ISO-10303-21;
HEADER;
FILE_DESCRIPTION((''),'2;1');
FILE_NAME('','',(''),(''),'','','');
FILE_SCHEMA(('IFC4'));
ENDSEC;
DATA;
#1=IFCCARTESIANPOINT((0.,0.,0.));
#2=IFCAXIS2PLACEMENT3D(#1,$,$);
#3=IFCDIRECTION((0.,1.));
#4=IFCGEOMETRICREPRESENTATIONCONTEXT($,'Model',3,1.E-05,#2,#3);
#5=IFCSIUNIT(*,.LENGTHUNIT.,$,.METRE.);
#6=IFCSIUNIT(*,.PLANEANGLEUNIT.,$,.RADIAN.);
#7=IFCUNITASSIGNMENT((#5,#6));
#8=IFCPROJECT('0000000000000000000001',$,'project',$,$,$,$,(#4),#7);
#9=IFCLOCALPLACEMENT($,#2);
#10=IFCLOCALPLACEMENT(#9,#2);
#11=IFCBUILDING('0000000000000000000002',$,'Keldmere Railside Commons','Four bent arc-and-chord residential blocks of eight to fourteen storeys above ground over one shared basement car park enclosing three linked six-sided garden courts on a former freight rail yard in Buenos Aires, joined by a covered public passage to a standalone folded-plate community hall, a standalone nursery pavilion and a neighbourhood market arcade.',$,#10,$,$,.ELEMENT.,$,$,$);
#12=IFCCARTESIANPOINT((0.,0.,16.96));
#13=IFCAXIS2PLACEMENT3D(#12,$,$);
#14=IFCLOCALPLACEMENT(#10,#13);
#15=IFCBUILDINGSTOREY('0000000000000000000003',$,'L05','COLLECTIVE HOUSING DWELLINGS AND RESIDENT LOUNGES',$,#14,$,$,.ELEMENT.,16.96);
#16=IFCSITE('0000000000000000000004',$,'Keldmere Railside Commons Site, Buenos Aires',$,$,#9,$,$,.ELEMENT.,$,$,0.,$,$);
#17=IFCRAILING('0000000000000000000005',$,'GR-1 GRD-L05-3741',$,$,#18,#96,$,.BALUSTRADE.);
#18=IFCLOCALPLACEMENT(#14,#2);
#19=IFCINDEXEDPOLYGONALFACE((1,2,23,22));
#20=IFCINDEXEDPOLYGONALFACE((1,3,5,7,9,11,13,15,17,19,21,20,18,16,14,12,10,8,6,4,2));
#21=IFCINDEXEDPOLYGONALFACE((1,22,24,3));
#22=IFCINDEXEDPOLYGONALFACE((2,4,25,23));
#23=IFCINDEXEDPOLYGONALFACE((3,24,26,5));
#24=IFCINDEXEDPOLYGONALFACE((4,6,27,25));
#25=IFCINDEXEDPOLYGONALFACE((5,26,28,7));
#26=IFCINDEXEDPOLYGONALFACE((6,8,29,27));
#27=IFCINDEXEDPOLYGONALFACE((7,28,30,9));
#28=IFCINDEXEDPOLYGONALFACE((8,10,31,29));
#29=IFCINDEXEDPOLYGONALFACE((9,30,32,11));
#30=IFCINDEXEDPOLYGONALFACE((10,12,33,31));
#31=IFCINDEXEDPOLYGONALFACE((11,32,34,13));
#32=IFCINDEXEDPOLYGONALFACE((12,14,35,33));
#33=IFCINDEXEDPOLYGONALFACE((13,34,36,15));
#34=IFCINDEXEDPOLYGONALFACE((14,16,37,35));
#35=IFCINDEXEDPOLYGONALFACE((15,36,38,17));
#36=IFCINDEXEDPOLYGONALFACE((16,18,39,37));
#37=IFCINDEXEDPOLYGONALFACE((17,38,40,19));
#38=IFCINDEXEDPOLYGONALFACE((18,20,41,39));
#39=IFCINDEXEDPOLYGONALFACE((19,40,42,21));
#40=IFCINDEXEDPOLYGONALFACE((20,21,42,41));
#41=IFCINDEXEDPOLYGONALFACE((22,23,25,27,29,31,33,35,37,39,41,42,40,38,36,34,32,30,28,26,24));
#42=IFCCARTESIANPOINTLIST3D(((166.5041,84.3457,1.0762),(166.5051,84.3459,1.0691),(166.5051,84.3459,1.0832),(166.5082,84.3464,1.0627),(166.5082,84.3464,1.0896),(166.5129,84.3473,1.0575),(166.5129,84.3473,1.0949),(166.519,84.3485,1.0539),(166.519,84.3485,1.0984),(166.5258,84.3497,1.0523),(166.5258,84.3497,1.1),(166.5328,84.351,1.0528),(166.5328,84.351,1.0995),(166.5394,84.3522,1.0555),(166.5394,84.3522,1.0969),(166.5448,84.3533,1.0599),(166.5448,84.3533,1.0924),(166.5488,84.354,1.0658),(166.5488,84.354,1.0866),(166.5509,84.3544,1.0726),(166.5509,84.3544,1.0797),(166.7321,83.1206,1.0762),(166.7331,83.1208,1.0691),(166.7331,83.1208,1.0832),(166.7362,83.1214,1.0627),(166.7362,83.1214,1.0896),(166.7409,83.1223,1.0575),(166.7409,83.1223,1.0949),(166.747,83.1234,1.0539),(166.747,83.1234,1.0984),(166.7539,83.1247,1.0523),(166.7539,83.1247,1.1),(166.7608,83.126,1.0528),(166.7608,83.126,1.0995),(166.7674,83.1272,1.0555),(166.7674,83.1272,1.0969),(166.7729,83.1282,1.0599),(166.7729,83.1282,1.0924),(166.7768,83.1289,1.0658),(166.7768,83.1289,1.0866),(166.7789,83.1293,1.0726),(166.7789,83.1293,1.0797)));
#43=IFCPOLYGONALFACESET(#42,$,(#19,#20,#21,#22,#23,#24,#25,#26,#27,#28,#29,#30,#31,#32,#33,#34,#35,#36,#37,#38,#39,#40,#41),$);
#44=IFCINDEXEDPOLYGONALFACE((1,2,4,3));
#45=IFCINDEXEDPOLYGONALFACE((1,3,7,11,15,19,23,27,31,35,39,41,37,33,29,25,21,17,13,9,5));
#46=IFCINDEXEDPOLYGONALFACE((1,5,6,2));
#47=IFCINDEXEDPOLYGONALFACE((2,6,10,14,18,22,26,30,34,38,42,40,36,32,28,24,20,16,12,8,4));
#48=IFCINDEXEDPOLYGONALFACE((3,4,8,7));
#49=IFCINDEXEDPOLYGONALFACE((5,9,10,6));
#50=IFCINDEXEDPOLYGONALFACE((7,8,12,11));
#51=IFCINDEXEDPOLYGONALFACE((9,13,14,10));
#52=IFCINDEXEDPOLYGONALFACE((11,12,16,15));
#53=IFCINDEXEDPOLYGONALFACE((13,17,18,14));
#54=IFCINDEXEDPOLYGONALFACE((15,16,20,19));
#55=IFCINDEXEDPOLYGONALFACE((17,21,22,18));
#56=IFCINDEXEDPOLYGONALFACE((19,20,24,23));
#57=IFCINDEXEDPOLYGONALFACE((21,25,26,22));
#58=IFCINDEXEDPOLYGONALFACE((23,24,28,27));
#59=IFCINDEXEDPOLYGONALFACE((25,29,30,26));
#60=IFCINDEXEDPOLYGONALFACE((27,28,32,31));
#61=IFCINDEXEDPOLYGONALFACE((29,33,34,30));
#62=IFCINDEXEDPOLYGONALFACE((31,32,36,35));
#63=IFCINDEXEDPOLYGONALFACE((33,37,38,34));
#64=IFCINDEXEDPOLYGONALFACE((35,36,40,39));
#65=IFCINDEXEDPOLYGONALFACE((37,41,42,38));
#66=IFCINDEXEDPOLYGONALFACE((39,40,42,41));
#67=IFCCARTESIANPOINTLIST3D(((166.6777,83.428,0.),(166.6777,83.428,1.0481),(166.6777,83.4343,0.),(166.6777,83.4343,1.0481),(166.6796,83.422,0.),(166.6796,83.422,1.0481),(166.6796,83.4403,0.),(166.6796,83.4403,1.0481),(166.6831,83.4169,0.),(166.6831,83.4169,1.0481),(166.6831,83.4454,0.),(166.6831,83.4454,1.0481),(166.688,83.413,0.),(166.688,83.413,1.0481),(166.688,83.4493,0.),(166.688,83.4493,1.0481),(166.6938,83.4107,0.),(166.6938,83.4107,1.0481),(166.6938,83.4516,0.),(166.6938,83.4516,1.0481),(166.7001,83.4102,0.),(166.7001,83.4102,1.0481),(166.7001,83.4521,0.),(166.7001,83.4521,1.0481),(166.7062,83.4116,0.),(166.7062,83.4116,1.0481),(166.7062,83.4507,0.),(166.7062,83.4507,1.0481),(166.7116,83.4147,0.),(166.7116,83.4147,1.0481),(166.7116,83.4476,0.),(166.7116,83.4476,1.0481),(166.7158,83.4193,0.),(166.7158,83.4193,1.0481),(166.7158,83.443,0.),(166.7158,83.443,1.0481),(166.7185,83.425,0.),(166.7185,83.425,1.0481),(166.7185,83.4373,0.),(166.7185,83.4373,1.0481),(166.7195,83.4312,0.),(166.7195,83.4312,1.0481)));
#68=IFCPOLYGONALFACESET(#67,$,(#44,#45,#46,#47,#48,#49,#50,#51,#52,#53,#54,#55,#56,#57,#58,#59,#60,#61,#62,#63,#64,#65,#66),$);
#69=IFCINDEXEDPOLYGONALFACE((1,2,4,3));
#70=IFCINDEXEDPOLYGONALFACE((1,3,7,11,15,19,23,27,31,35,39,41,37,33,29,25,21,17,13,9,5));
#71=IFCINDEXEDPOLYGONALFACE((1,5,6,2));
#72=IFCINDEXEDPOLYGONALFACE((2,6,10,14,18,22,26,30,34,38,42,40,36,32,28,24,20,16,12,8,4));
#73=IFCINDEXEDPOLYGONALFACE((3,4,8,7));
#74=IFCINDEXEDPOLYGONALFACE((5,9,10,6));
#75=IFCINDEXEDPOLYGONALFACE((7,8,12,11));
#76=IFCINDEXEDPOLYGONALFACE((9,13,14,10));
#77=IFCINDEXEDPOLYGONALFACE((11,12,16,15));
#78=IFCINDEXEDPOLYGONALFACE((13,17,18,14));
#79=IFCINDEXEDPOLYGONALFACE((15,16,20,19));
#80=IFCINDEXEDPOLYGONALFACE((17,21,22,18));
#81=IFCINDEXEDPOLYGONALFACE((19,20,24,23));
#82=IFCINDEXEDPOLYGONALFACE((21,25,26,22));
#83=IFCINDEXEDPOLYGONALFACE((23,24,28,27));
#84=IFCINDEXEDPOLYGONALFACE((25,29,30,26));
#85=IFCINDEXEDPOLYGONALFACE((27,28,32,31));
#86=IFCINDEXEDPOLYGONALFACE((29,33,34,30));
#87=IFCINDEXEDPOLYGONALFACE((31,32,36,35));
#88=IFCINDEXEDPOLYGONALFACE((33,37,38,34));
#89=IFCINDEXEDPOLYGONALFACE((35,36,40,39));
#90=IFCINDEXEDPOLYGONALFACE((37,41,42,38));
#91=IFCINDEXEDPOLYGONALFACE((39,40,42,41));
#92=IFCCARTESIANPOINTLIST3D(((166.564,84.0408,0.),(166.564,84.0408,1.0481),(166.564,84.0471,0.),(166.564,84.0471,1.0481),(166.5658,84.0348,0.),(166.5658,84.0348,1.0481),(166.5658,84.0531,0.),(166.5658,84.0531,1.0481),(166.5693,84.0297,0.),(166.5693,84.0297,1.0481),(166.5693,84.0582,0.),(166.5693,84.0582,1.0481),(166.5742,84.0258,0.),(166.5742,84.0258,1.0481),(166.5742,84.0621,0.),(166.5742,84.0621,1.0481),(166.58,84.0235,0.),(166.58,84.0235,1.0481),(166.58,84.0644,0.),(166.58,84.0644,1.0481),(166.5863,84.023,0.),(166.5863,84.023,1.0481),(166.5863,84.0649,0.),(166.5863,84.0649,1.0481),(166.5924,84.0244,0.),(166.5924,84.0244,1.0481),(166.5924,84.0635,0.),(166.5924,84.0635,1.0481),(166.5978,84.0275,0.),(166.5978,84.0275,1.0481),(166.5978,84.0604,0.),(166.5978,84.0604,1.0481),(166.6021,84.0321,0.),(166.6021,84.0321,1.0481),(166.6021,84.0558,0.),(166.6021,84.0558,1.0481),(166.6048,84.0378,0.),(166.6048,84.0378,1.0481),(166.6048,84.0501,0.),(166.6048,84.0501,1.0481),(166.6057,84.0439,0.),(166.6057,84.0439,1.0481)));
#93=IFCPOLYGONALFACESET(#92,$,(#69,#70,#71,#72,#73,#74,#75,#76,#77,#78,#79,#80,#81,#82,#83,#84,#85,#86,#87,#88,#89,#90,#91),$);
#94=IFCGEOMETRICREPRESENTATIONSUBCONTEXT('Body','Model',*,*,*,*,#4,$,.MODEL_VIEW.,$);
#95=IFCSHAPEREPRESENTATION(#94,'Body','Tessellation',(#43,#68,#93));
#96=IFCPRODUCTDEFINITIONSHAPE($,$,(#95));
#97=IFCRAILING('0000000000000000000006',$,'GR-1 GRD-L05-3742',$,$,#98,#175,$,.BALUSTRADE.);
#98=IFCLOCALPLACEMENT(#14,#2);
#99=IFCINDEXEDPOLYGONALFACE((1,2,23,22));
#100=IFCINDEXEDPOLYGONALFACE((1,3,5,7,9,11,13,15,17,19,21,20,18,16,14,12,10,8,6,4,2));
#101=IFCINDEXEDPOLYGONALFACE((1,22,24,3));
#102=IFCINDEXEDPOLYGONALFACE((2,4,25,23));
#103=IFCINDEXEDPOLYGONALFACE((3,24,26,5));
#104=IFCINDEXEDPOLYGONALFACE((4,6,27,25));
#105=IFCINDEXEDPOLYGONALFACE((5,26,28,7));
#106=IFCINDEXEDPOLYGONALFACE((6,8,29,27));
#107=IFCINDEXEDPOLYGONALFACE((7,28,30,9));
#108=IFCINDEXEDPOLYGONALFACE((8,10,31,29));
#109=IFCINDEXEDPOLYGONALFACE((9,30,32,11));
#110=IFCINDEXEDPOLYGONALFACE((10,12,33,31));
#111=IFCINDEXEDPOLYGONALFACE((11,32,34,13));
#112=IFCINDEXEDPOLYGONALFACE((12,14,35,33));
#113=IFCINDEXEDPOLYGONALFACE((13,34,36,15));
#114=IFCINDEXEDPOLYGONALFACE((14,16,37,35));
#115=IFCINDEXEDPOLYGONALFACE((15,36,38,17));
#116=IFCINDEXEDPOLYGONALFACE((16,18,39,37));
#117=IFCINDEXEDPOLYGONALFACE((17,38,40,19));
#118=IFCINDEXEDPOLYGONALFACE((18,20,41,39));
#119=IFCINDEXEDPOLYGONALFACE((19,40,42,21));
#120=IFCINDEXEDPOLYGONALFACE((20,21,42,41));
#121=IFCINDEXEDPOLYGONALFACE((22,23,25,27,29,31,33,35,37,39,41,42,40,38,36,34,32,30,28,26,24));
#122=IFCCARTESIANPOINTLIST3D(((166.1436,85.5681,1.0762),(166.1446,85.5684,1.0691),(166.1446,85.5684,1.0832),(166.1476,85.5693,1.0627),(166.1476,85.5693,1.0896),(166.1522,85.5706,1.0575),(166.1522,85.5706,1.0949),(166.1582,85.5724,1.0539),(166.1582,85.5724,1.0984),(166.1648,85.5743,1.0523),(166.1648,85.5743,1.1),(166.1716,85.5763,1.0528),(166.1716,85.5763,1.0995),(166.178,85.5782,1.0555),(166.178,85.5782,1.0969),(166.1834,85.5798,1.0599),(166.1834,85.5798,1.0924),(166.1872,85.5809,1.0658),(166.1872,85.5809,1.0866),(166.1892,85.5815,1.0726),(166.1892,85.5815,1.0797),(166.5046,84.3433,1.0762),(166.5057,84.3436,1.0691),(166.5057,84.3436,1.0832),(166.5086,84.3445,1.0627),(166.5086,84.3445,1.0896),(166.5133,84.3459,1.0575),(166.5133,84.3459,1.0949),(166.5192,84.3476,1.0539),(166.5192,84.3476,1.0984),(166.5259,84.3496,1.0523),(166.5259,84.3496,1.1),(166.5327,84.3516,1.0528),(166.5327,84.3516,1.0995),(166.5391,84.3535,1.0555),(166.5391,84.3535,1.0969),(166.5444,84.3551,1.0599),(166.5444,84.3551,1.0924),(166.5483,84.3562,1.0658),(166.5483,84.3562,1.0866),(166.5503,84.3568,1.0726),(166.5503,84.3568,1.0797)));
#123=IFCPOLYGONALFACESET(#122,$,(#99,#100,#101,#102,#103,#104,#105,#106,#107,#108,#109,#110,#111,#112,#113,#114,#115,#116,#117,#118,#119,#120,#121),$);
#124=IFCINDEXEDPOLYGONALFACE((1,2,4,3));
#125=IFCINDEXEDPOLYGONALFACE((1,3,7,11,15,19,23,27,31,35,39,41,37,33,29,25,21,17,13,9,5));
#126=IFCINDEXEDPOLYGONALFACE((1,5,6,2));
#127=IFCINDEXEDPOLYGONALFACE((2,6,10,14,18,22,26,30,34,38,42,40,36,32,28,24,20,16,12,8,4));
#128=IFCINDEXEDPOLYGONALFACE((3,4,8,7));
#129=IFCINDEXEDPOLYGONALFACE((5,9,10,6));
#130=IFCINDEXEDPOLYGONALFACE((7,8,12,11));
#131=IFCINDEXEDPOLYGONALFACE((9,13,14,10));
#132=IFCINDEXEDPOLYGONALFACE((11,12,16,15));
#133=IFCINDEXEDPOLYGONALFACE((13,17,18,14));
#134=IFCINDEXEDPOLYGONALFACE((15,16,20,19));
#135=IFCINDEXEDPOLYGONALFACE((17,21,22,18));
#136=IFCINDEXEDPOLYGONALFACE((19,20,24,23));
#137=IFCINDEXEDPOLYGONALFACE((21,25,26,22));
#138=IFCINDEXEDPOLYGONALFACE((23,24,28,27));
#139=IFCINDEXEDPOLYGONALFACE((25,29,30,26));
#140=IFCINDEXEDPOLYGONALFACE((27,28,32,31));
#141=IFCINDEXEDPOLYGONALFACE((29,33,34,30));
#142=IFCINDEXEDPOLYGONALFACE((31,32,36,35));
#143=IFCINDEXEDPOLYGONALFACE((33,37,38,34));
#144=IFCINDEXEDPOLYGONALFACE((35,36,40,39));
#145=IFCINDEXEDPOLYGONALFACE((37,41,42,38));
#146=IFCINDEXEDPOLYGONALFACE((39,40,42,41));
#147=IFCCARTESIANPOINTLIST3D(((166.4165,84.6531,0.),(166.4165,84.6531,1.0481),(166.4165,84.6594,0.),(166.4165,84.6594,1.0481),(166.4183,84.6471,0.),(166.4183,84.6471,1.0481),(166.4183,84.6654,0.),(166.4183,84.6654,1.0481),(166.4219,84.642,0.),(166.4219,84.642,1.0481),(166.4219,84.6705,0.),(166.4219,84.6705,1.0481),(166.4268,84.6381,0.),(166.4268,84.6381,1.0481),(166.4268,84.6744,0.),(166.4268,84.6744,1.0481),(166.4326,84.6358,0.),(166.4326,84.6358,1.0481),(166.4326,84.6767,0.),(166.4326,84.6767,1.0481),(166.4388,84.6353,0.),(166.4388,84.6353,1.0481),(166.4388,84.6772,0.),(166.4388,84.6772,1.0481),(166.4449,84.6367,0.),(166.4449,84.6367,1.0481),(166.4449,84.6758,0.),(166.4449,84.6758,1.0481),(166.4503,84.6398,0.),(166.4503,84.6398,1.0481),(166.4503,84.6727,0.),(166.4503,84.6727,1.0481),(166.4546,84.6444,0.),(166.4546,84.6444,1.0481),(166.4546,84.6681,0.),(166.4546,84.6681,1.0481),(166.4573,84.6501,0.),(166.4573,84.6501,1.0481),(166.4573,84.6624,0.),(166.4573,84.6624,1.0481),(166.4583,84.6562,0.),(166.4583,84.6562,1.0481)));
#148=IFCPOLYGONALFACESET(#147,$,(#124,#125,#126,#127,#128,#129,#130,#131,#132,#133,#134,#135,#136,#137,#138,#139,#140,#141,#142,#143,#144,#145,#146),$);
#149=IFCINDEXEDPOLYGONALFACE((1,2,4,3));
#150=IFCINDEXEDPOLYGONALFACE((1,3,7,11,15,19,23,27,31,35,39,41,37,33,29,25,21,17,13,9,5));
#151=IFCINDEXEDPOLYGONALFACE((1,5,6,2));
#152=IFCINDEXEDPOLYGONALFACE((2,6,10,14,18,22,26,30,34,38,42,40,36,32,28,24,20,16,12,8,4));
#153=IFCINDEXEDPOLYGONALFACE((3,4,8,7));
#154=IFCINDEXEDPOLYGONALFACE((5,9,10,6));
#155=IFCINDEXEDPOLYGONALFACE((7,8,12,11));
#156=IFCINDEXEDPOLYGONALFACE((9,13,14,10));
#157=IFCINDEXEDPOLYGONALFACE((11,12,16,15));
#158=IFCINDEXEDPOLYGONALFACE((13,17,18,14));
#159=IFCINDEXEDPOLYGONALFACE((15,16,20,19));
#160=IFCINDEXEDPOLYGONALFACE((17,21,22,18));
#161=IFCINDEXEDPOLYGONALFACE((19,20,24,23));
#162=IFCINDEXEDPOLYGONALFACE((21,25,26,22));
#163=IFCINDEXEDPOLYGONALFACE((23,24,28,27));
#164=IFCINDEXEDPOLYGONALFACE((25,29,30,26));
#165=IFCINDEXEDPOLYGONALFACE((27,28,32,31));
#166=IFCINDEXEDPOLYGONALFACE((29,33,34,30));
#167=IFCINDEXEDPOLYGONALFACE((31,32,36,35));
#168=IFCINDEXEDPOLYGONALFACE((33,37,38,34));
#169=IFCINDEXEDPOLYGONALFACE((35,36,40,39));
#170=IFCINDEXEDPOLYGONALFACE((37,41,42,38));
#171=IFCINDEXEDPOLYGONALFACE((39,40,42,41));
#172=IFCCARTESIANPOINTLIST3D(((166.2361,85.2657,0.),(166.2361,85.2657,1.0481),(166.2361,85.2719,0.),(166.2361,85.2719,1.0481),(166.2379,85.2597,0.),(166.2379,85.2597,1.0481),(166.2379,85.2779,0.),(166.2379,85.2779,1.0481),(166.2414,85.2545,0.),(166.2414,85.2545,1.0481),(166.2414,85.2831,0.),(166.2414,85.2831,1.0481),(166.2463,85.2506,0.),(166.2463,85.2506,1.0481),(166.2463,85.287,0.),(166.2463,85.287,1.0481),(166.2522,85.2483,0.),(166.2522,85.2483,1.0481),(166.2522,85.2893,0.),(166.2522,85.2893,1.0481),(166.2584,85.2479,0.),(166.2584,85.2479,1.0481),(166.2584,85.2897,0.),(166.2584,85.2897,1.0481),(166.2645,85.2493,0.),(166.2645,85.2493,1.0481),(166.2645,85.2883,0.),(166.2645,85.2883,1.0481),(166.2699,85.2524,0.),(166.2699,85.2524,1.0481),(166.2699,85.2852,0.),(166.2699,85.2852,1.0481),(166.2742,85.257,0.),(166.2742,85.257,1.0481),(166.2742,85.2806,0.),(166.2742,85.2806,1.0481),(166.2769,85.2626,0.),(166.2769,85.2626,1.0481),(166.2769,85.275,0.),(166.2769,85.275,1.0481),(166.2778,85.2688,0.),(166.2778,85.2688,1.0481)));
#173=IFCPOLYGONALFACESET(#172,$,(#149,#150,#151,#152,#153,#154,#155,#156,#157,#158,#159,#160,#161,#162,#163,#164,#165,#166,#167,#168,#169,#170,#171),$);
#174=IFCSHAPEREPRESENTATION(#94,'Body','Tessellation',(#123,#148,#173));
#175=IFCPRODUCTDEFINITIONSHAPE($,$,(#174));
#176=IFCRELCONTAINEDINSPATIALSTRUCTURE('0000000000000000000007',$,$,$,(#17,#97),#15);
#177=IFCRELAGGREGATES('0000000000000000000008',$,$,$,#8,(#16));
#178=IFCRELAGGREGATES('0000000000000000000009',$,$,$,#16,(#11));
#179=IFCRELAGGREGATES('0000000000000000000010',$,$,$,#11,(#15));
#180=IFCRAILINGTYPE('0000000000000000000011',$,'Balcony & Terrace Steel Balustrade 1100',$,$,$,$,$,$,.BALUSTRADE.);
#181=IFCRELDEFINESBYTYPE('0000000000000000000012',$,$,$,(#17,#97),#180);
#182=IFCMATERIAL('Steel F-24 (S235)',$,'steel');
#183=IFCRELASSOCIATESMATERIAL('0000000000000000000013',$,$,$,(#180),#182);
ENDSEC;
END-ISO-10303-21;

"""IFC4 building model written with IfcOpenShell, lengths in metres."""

from ifc_helpers import new_model, si_unit, direction, frame, origin, origin_2d, place, context, subcontext, project, spatial, circle, extrude, material, type_object, element, save


model = new_model("IFC4")

# Units and contexts
model_context = context("Model", 3, precision=1e-05, world=origin(), true_north=direction((0.0, 1.0)))
body_context = subcontext(model_context, "Body", "Model", "MODEL_VIEW")
ifc_project = project(units=[si_unit("LENGTHUNIT", "METRE"), si_unit("PLANEANGLEUNIT", "RADIAN")], contexts=[model_context])

# Site, building, storey
site_placement = place(None, origin())
site = spatial("IfcSite", under=ifc_project, at=site_placement, Name="Keldmere Railside Commons Site, Buenos Aires", CompositionType="ELEMENT", RefElevation=0.0)
building_placement = place(site_placement, origin())
building = spatial("IfcBuilding", under=site, at=building_placement, Name="Keldmere Railside Commons", Description="Four bent arc-and-chord residential blocks of eight to fourteen storeys above ground over one shared basement car park enclosing three linked six-sided garden courts on a former freight rail yard in Buenos Aires, joined by a covered public passage to a standalone folded-plate community hall, a standalone nursery pavilion and a neighbourhood market arcade.", CompositionType="ELEMENT")
storey_placement = place(building_placement, frame((0.0, 0.0, 16.96)))
storey = spatial("IfcBuildingStorey", under=building, at=storey_placement, Name="L05", Description="COLLECTIVE HOUSING DWELLINGS AND RESIDENT LOUNGES", CompositionType="ELEMENT", Elevation=16.96)

# Railings
ifc_material_1 = material(Name="Steel F-24 (S235)", Category="steel")
railing_type = type_object("IfcRailingType", Name="Balcony & Terrace Steel Balustrade 1100", PredefinedType="BALUSTRADE", material=ifc_material_1)
railing_1_placement = place(storey_placement, frame((166.7556, 83.125, 0.0)))
element("IfcRailing", 1, at=railing_1_placement, inside=storey, type_object=railing_type, Name="GR-1 GRD-L05-3741", PredefinedType="BALUSTRADE", context=body_context, shape_type="SweptSolid", body=[
    extrude(circle(Radius=0.0239, at=origin_2d()), frame((0.0, 0.0, 1.0762), z_axis=(-0.182987, 0.983115, 0.0), x_axis=(-0.983115, -0.182987, 0.0)), (0.0, 0.0, 1.0), 1.2461),
    extrude(circle(Radius=0.021, at=origin_2d()), frame((-0.0571, 0.3062, 0.0)), (0.0, 0.0, 1.0), 1.0481),
    extrude(circle(Radius=0.021, at=origin_2d()), frame((-0.1709, 0.9189, 0.0)), (0.0, 0.0, 1.0), 1.0481),
])
railing_2_placement = place(storey_placement, frame((166.5276, 84.3501, 0.0)))
element("IfcRailing", 2, at=railing_2_placement, inside=storey, type_object=railing_type, Name="GR-1 GRD-L05-3742", PredefinedType="BALUSTRADE", context=body_context, shape_type="SweptSolid", body=[
    extrude(circle(Radius=0.0239, at=origin_2d()), frame((0.0, 0.0, 1.0762), z_axis=(-0.282767, 0.959189, 0.0), x_axis=(-0.959189, -0.282767, 0.0)), (0.0, 0.0, 1.0), 1.2769),
    extrude(circle(Radius=0.021, at=origin_2d()), frame((-0.0903, 0.3062, 0.0)), (0.0, 0.0, 1.0), 1.0481),
    extrude(circle(Radius=0.021, at=origin_2d()), frame((-0.2708, 0.9187, 0.0)), (0.0, 0.0, 1.0), 1.0481),
])

save(model, "model.ifc")
